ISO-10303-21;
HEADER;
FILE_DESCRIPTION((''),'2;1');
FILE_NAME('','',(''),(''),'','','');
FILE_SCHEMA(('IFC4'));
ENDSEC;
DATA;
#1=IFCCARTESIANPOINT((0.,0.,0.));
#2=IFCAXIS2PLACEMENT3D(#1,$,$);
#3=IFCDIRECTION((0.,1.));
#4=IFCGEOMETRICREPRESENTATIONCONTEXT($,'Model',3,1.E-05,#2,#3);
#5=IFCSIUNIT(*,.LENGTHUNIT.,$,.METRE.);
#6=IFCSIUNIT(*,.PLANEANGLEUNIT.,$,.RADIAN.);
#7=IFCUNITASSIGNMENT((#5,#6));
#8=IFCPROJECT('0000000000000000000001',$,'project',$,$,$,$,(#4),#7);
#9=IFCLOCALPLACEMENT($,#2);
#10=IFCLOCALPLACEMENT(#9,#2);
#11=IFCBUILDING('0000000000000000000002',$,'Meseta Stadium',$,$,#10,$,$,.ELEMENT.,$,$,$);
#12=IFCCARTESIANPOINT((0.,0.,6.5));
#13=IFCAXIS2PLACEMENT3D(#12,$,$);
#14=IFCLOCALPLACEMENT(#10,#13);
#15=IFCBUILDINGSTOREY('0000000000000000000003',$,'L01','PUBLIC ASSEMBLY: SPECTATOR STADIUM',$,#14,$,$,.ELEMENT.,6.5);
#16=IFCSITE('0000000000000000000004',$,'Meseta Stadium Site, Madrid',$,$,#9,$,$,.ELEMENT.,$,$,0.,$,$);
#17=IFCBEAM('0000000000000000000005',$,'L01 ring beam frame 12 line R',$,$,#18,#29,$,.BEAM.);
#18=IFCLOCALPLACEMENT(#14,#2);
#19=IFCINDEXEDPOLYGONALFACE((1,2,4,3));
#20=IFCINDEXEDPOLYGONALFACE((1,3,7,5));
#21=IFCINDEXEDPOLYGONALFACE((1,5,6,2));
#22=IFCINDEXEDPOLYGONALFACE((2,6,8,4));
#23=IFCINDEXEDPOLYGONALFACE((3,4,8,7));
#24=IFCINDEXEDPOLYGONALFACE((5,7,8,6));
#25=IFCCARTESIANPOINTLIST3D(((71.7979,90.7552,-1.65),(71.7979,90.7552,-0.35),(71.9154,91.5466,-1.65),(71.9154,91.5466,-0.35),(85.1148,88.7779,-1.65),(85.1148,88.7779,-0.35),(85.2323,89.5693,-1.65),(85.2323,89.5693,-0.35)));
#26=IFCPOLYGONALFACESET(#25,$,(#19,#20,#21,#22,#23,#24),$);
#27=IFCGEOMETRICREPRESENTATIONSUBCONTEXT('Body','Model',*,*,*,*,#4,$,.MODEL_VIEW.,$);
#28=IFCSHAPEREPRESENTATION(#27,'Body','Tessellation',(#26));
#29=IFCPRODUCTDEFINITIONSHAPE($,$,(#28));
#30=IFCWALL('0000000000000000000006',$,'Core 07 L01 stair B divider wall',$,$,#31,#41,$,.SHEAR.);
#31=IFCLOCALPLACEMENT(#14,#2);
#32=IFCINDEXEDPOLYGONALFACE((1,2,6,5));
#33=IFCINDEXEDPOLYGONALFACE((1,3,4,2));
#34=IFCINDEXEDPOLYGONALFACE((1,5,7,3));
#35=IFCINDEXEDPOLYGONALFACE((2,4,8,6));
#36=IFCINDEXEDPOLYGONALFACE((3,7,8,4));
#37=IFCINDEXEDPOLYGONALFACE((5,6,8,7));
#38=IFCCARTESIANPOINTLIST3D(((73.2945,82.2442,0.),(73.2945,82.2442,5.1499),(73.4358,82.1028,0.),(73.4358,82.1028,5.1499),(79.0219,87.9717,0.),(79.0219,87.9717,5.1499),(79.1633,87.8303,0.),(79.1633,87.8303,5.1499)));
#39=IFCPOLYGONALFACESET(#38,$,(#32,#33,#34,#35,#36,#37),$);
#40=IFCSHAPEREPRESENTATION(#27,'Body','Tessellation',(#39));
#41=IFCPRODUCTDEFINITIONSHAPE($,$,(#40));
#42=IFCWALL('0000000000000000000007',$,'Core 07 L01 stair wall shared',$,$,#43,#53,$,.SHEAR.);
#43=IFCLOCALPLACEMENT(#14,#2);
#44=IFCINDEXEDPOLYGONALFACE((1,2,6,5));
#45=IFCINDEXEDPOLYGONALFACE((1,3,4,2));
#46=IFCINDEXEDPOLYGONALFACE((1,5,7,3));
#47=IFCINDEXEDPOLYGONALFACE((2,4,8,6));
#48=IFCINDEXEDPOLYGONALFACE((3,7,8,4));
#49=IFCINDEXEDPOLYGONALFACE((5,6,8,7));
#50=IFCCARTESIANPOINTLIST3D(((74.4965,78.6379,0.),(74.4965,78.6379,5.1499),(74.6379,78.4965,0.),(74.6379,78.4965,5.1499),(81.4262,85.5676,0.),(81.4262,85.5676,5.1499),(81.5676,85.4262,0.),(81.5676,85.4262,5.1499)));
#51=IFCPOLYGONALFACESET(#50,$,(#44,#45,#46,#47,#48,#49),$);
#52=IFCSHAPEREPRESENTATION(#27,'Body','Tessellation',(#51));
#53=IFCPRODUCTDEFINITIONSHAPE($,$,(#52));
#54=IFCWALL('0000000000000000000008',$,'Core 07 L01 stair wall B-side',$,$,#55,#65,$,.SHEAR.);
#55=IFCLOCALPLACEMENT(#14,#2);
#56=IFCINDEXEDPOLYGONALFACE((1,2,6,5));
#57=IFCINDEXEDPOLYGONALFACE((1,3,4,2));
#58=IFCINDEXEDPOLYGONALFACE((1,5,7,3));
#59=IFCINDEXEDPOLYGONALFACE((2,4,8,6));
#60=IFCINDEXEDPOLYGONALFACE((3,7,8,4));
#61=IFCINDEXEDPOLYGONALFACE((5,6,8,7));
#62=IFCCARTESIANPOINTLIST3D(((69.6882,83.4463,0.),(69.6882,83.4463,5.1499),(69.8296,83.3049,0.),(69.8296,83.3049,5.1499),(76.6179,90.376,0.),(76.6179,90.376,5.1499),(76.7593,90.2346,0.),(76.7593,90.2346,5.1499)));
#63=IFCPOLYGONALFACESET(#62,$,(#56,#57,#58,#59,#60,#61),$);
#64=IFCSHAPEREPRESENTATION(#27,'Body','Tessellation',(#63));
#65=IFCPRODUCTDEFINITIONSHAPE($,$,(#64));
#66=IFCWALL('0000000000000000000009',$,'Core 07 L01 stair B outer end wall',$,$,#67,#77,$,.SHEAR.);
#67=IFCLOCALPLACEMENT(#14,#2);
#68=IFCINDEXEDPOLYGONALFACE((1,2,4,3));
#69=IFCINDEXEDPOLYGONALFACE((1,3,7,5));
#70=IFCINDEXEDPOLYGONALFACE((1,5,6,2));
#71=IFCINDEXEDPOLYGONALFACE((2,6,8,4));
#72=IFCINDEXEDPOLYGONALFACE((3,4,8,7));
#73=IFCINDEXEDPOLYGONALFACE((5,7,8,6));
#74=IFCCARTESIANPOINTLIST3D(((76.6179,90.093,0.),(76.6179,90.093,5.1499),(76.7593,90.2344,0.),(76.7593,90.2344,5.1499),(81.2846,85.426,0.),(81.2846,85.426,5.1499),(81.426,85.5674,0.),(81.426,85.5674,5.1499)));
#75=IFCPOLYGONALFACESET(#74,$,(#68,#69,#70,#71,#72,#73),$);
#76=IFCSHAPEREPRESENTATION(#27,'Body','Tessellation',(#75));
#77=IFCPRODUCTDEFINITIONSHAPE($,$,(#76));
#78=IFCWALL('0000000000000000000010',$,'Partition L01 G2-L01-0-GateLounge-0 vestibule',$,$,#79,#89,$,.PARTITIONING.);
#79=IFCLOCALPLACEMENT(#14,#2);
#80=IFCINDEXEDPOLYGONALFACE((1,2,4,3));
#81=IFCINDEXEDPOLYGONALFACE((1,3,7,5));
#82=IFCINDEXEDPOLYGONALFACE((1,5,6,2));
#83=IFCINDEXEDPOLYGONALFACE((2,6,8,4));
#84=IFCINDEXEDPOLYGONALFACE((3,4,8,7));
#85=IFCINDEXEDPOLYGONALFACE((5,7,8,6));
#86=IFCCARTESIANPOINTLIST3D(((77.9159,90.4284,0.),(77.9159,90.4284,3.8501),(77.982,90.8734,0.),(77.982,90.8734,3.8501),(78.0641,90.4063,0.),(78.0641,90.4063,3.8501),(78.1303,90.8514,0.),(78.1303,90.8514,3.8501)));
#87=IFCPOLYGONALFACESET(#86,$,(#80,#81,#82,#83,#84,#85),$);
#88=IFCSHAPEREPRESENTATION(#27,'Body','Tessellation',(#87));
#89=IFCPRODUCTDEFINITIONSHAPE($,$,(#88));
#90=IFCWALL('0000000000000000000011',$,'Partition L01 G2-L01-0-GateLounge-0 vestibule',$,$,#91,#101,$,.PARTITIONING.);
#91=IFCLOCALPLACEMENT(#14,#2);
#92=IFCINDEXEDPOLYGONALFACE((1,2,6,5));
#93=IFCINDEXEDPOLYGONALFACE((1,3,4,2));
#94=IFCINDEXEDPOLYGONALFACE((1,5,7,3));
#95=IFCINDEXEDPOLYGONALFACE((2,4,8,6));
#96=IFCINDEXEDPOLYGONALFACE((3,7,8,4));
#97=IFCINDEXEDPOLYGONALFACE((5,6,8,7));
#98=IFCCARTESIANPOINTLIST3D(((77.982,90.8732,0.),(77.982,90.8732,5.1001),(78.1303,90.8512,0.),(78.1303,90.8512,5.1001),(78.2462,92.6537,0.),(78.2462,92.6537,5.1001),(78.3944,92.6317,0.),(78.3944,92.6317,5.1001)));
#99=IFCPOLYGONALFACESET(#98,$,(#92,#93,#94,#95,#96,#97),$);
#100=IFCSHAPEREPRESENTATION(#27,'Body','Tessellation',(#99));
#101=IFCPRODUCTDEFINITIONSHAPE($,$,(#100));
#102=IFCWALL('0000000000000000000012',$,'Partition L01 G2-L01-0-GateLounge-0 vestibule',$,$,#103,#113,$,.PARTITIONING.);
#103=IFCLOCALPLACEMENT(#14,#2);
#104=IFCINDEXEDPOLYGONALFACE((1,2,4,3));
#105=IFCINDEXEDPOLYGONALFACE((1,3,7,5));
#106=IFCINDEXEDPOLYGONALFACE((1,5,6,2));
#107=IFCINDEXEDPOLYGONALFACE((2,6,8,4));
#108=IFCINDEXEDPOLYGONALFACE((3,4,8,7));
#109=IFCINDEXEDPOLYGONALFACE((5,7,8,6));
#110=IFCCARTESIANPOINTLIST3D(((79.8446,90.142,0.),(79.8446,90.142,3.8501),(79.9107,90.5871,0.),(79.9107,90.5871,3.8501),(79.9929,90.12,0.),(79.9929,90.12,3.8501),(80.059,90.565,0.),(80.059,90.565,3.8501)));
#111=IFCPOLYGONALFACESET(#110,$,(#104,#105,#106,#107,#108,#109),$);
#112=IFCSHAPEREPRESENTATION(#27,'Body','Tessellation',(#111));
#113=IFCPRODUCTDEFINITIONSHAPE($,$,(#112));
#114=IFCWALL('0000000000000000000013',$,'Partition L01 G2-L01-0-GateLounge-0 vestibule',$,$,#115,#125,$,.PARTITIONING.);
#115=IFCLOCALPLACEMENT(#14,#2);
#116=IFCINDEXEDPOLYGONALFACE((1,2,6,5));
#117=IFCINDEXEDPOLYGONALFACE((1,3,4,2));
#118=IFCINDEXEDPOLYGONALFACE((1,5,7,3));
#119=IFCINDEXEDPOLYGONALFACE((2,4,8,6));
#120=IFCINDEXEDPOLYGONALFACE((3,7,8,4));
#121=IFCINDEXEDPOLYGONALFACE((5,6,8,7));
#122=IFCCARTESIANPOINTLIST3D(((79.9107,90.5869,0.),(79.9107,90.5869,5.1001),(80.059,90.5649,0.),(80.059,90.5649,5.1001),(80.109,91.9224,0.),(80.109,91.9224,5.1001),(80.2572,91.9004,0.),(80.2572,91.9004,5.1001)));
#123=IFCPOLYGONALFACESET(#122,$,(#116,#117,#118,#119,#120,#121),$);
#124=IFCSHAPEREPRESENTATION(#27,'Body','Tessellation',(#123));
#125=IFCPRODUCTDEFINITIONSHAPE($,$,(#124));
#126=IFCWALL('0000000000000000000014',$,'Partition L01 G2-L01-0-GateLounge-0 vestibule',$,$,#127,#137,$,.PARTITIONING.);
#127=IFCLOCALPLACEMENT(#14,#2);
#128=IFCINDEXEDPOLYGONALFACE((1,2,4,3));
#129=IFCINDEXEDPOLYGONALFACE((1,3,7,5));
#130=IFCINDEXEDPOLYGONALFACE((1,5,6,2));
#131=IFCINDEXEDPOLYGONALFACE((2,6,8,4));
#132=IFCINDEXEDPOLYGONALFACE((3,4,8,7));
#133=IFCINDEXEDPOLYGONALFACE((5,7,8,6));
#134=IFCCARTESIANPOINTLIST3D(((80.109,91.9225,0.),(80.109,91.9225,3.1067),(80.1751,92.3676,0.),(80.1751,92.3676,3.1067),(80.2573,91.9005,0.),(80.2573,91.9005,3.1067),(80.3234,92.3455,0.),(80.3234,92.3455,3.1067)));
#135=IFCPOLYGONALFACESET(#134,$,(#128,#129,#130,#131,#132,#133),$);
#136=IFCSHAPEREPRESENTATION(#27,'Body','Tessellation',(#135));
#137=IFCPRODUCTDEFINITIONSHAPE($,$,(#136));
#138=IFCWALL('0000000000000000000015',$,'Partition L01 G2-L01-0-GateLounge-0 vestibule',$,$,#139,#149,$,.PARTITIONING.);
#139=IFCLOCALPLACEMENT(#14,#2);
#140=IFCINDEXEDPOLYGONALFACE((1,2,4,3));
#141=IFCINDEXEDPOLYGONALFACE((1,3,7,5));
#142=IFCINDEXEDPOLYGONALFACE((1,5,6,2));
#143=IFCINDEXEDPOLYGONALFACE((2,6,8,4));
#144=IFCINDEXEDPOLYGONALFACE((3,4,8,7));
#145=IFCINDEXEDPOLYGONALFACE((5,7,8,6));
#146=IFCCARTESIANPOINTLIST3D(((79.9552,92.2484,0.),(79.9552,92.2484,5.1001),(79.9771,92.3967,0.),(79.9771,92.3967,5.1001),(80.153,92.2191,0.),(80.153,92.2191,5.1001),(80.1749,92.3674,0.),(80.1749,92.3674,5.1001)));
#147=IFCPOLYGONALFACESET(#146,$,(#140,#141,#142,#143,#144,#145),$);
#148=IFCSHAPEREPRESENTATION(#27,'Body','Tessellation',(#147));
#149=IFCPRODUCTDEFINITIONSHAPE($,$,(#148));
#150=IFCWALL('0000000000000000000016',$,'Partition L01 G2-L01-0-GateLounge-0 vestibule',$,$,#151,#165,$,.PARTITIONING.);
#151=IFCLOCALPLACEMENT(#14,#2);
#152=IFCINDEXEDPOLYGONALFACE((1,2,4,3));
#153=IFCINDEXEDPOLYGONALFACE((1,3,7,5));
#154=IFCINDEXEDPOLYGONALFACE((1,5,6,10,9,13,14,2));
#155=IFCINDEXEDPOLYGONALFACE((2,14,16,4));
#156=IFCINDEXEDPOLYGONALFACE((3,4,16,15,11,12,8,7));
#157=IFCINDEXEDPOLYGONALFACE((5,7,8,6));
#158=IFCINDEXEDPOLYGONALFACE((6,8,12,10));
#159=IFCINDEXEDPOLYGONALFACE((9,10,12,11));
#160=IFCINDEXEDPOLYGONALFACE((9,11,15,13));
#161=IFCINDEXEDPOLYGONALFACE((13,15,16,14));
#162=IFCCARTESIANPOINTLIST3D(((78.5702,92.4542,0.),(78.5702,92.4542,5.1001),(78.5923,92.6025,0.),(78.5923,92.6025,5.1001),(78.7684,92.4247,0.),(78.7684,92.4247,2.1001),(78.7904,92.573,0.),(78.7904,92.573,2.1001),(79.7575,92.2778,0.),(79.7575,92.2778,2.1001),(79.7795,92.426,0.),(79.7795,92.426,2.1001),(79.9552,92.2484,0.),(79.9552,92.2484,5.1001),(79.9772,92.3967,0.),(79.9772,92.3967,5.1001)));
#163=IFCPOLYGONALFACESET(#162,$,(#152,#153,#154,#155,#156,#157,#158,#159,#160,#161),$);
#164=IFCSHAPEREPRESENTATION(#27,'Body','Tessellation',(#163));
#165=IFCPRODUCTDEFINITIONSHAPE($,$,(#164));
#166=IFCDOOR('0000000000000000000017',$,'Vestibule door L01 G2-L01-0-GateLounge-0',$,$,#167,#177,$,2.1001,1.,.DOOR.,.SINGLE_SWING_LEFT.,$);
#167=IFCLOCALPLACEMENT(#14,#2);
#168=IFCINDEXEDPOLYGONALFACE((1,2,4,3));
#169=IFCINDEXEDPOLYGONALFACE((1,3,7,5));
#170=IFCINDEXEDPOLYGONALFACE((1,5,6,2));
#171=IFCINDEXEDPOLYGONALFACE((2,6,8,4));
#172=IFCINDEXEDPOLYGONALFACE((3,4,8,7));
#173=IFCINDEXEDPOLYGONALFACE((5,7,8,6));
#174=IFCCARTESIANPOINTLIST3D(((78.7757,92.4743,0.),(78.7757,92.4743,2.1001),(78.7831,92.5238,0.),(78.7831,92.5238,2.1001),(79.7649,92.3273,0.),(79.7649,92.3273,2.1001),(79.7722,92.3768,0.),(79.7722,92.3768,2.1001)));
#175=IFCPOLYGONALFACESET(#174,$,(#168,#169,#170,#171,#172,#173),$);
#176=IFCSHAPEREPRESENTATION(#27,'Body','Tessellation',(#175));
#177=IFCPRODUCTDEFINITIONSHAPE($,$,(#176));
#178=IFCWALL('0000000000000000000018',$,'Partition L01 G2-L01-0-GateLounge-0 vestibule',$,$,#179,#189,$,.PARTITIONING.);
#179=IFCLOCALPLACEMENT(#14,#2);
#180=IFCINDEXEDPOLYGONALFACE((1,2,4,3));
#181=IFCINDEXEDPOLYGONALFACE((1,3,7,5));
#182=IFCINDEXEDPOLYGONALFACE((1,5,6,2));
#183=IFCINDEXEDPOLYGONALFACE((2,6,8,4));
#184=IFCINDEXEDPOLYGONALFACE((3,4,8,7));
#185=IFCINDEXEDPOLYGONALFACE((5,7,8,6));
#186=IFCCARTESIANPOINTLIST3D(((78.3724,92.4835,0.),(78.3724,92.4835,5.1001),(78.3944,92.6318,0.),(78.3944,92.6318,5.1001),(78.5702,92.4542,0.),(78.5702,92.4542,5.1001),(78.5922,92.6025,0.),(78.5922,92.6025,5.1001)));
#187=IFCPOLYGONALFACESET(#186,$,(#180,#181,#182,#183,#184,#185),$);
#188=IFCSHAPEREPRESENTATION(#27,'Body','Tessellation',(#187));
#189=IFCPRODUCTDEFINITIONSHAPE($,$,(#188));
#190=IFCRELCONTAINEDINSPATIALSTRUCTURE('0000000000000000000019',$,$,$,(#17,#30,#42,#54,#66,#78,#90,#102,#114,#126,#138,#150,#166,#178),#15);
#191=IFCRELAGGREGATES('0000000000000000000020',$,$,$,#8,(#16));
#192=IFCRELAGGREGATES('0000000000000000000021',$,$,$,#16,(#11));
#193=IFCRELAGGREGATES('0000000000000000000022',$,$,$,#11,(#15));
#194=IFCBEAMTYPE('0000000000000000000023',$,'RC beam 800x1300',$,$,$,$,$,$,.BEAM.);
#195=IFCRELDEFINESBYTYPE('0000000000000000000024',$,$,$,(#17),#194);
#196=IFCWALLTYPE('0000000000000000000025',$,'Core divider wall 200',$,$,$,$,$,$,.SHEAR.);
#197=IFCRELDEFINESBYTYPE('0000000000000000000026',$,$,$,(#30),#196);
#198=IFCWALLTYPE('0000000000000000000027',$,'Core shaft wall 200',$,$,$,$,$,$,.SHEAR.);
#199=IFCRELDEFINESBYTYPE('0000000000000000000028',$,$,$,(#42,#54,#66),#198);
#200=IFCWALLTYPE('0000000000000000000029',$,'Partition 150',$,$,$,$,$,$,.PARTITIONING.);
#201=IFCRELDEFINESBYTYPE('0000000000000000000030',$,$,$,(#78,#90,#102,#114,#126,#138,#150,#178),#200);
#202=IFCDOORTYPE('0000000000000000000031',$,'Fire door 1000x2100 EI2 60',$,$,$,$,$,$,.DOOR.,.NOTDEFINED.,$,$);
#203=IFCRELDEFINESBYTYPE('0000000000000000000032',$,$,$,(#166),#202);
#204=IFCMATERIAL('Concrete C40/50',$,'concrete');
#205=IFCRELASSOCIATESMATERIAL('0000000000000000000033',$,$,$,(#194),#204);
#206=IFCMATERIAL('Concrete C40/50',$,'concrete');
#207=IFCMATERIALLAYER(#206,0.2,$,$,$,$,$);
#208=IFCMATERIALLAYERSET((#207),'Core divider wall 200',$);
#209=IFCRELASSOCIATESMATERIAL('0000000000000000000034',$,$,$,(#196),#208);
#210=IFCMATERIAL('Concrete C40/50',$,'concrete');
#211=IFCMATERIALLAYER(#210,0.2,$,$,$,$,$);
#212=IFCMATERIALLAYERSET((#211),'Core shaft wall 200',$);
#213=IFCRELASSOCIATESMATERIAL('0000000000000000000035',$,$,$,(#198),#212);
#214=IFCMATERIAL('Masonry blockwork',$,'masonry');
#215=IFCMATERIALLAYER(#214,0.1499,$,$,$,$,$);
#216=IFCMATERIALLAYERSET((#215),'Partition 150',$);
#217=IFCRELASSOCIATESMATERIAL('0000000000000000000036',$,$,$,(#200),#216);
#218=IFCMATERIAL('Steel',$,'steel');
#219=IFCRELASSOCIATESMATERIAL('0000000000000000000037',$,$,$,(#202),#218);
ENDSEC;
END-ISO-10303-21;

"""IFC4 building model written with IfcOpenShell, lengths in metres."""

from ifc_helpers import new_model, si_unit, direction, frame, frame_2d, origin, origin_2d, place, context, subcontext, project, spatial, rectangle, extrude, material, layer, layer_set, material_profile, profile_set, type_object, element, fill, save


model = new_model("IFC4")

# Units and contexts
model_context = context("Model", 3, precision=1e-05, world=origin(), true_north=direction((0.0, 1.0)))
body_context = subcontext(model_context, "Body", "Model", "MODEL_VIEW")
ifc_project = project(units=[si_unit("LENGTHUNIT", "METRE"), si_unit("PLANEANGLEUNIT", "RADIAN")], contexts=[model_context])

# Site, building, storey
site_placement = place(None, origin())
site = spatial("IfcSite", under=ifc_project, at=site_placement, Name="Meseta Stadium Site, Madrid", CompositionType="ELEMENT", RefElevation=0.0)
building_placement = place(site_placement, origin())
building = spatial("IfcBuilding", under=site, at=building_placement, Name="Meseta Stadium", CompositionType="ELEMENT")
storey_placement = place(building_placement, frame((0.0, 0.0, 6.5)))
storey = spatial("IfcBuildingStorey", under=building, at=storey_placement, Name="L01", Description="PUBLIC ASSEMBLY: SPECTATOR STADIUM", CompositionType="ELEMENT", Elevation=6.5)

# Beam
ifc_material_1 = material(Name="Concrete C40/50", Category="concrete")
ifc_material_profile_1 = material_profile(ifc_material_1, rectangle(XDim=0.8, YDim=1.3, at=origin_2d()), Name="RC 800x1300")
ifc_profile_set_1 = profile_set([ifc_material_profile_1], Name="Concrete C40/50")
beam_type_1 = type_object("IfcBeamType", Name="RC beam 800x1300", PredefinedType="BEAM", material=ifc_profile_set_1)
beam_1_placement = place(storey_placement, frame((85.1736, 89.1736, -1.0), z_axis=(-0.989156, 0.14687, 0.0), x_axis=(-0.14687, -0.989156, 0.0)))
element("IfcBeam", 1, at=beam_1_placement, inside=storey, type_object=beam_type_1, Name="L01 ring beam frame 12 line R", PredefinedType="BEAM", context=body_context, shape_type="SweptSolid", body=[
    extrude(rectangle(XDim=0.8, YDim=1.3, at=origin_2d()), origin(), (0.0, 0.0, 1.0), 13.4629),
])

# Walls
ifc_material_2 = material(Name="Concrete C40/50", Category="concrete")
ifc_layer_1 = layer(ifc_material_2, 0.2)
ifc_layer_set_1 = layer_set([ifc_layer_1], Name="Core divider wall 200")
wall_type_1 = type_object("IfcWallType", Name="Core divider wall 200", PredefinedType="SHEAR", material=ifc_layer_set_1)
wall_1_placement = place(storey_placement, frame((79.0925, 87.9009, 0.0), z_axis=(0.0, 0.0, 1.0), x_axis=(-0.707107, -0.707107, 0.0)))
element("IfcWall", 2, at=wall_1_placement, inside=storey, type_object=wall_type_1, Name="Core 07 L01 stair B divider wall", PredefinedType="SHEAR", context=body_context, shape_type="SweptSolid", body=[
    extrude(rectangle(XDim=8.0999, YDim=0.2, at=frame_2d((4.0498, 0.0))), origin(), (0.0, 0.0, 1.0), 5.1499),
])
ifc_material_3 = material(Name="Concrete C40/50", Category="concrete")
ifc_layer_2 = layer(ifc_material_3, 0.2)
ifc_layer_set_2 = layer_set([ifc_layer_2], Name="Core shaft wall 200")
wall_type_2 = type_object("IfcWallType", Name="Core shaft wall 200", PredefinedType="SHEAR", material=ifc_layer_set_2)
for number, where, z_axis, x_axis, name in (
    (3, (81.4968, 85.4968, 0.0), (0.0, 0.0, 1.0), (-0.707107, -0.707107, 0.0), "Core 07 L01 stair wall shared"),
    (4, (76.6885, 90.3052, 0.0), (0.0, 0.0, 1.0), (-0.707107, -0.707107, 0.0), "Core 07 L01 stair wall B-side"),
):
    element("IfcWall", number, at=place(storey_placement, frame(where, z_axis=z_axis, x_axis=x_axis)), inside=storey, type_object=wall_type_2, Name=name, PredefinedType="SHEAR", context=body_context, shape_type="SweptSolid", body=[
        extrude(rectangle(XDim=9.8, YDim=0.2, at=frame_2d((4.8999, 0.0))), origin(), (0.0, 0.0, 1.0), 5.1499),
    ])
wall_2_placement = place(storey_placement, frame((81.3552, 85.4968, 0.0), z_axis=(0.0, 0.0, 1.0), x_axis=(-0.707088, 0.707125, 0.0)))
element("IfcWall", 5, at=wall_2_placement, inside=storey, type_object=wall_type_2, Name="Core 07 L01 stair B outer end wall", PredefinedType="SHEAR", context=body_context, shape_type="SweptSolid", body=[
    extrude(rectangle(XDim=6.5999, YDim=0.2, at=frame_2d((3.2998, 0.0))), origin(), (0.0, 0.0, 1.0), 5.1499),
])
ifc_material_4 = material(Name="Masonry blockwork", Category="masonry")
ifc_layer_3 = layer(ifc_material_4, 0.1499)
ifc_layer_set_3 = layer_set([ifc_layer_3], Name="Partition 150")
wall_type_3 = type_object("IfcWallType", Name="Partition 150", PredefinedType="PARTITIONING", material=ifc_layer_set_3)
wall_3_placement = place(storey_placement, frame((77.99, 90.4172, 0.0), z_axis=(0.0, 0.0, 1.0), x_axis=(0.14704, 0.989131, 0.0)))
element("IfcWall", 6, at=wall_3_placement, inside=storey, type_object=wall_type_3, Name="Partition L01 G2-L01-0-GateLounge-0 vestibule", PredefinedType="PARTITIONING", context=body_context, shape_type="SweptSolid", body=[
    extrude(rectangle(XDim=0.45, YDim=0.1499, at=frame_2d((0.2251, 0.0))), origin(), (0.0, 0.0, 1.0), 3.8501),
])
wall_4_placement = place(storey_placement, frame((78.0562, 90.8623, 0.0), z_axis=(0.0, 0.0, 1.0), x_axis=(0.146755, 0.989173, 0.0)))
element("IfcWall", 7, at=wall_4_placement, inside=storey, type_object=wall_type_3, Name="Partition L01 G2-L01-0-GateLounge-0 vestibule", PredefinedType="PARTITIONING", context=body_context, shape_type="SweptSolid", body=[
    extrude(rectangle(XDim=1.8, YDim=0.1499, at=frame_2d((0.8999, 0.0))), origin(), (0.0, 0.0, 1.0), 5.1001),
])
wall_5_placement = place(storey_placement, frame((79.9187, 90.1309, 0.0), z_axis=(0.0, 0.0, 1.0), x_axis=(0.14704, 0.989131, 0.0)))
element("IfcWall", 8, at=wall_5_placement, inside=storey, type_object=wall_type_3, Name="Partition L01 G2-L01-0-GateLounge-0 vestibule", PredefinedType="PARTITIONING", context=body_context, shape_type="SweptSolid", body=[
    extrude(rectangle(XDim=0.45, YDim=0.1499, at=frame_2d((0.2251, 0.0))), origin(), (0.0, 0.0, 1.0), 3.8501),
])
wall_6_placement = place(storey_placement, frame((79.9849, 90.5759, 0.0), z_axis=(0.0, 0.0, 1.0), x_axis=(0.146837, 0.989161, 0.0)))
element("IfcWall", 9, at=wall_6_placement, inside=storey, type_object=wall_type_3, Name="Partition L01 G2-L01-0-GateLounge-0 vestibule", PredefinedType="PARTITIONING", context=body_context, shape_type="SweptSolid", body=[
    extrude(rectangle(XDim=1.3501, YDim=0.1499, at=frame_2d((0.675, 0.0))), origin(), (0.0, 0.0, 1.0), 5.1001),
])
wall_7_placement = place(storey_placement, frame((80.1831, 91.9114, 0.0), z_axis=(0.0, 0.0, 1.0), x_axis=(0.14704, 0.989131, 0.0)))
element("IfcWall", 10, at=wall_7_placement, inside=storey, type_object=wall_type_3, Name="Partition L01 G2-L01-0-GateLounge-0 vestibule", PredefinedType="PARTITIONING", context=body_context, shape_type="SweptSolid", body=[
    extrude(rectangle(XDim=0.45, YDim=0.1499, at=frame_2d((0.2251, 0.0))), origin(), (0.0, 0.0, 1.0), 3.1067),
])
wall_8_placement = place(storey_placement, frame((80.1641, 92.2932, 0.0), z_axis=(0.0, 0.0, 1.0), x_axis=(-0.989203, 0.146549, 0.0)))
element("IfcWall", 11, at=wall_8_placement, inside=storey, type_object=wall_type_3, Name="Partition L01 G2-L01-0-GateLounge-0 vestibule", PredefinedType="PARTITIONING", context=body_context, shape_type="SweptSolid", body=[
    extrude(rectangle(XDim=0.2, YDim=0.1499, at=frame_2d((0.1001, 0.0))), origin(), (0.0, 0.0, 1.0), 5.1001),
])

# Wall, opening, door
wall_9_placement = place(storey_placement, frame((79.9663, 92.3225, 0.0), z_axis=(0.0, 0.0, 1.0), x_axis=(-0.989139, 0.146985, 0.0)))
wall_9 = element("IfcWall", 12, at=wall_9_placement, inside=storey, type_object=wall_type_3, Name="Partition L01 G2-L01-0-GateLounge-0 vestibule", PredefinedType="PARTITIONING", context=body_context, shape_type="SweptSolid", body=[
    extrude(rectangle(XDim=1.4001, YDim=0.1499, at=frame_2d((0.7002, 0.0))), origin(), (0.0, 0.0, 1.0), 5.1001),
])
opening_placement = place(wall_9_placement, frame((0.2, 0.0, 0.0)))
opening = element("IfcOpeningElement", 13, at=opening_placement, cuts=wall_9, PredefinedType="OPENING", context=body_context, shape_type="SweptSolid", body=[
    extrude(rectangle(XDim=1.0, YDim=2.1001, at=frame_2d((0.5, 1.05))), frame((0.0, 0.085, 0.0), z_axis=(0.0, -1.0, 0.0), x_axis=(1.0, 0.0, 0.0)), (0.0, 0.0, 1.0), 0.1699),
])
ifc_material_5 = material(Name="Steel", Category="steel")
door_type = type_object("IfcDoorType", Name="Fire door 1000x2100 EI2 60", OperationType="NOTDEFINED", PredefinedType="DOOR", material=ifc_material_5)
door_placement = place(opening_placement, origin())
door = element("IfcDoor", 14, at=door_placement, inside=storey, type_object=door_type, Name="Vestibule door L01 G2-L01-0-GateLounge-0", OperationType="SINGLE_SWING_LEFT", OverallHeight=2.1001, OverallWidth=1.0, PredefinedType="DOOR", context=body_context, shape_type="SweptSolid", body=[
    extrude(rectangle(XDim=1.0, YDim=2.1001, at=frame_2d((0.5, 1.05))), frame((0.0, 0.0249, 0.0), z_axis=(0.0, -1.0, 0.0), x_axis=(1.0, 0.0, 0.0)), (0.0, 0.0, 1.0), 0.05),
])
fill(opening, door)

# Wall
wall_10_placement = place(storey_placement, frame((78.5813, 92.5283, 0.0), z_axis=(0.0, 0.0, 1.0), x_axis=(-0.989203, 0.146549, 0.0)))
element("IfcWall", 15, at=wall_10_placement, inside=storey, type_object=wall_type_3, Name="Partition L01 G2-L01-0-GateLounge-0 vestibule", PredefinedType="PARTITIONING", context=body_context, shape_type="SweptSolid", body=[
    extrude(rectangle(XDim=0.2, YDim=0.1499, at=frame_2d((0.1001, 0.0))), origin(), (0.0, 0.0, 1.0), 5.1001),
])

save(model, "model.ifc")
